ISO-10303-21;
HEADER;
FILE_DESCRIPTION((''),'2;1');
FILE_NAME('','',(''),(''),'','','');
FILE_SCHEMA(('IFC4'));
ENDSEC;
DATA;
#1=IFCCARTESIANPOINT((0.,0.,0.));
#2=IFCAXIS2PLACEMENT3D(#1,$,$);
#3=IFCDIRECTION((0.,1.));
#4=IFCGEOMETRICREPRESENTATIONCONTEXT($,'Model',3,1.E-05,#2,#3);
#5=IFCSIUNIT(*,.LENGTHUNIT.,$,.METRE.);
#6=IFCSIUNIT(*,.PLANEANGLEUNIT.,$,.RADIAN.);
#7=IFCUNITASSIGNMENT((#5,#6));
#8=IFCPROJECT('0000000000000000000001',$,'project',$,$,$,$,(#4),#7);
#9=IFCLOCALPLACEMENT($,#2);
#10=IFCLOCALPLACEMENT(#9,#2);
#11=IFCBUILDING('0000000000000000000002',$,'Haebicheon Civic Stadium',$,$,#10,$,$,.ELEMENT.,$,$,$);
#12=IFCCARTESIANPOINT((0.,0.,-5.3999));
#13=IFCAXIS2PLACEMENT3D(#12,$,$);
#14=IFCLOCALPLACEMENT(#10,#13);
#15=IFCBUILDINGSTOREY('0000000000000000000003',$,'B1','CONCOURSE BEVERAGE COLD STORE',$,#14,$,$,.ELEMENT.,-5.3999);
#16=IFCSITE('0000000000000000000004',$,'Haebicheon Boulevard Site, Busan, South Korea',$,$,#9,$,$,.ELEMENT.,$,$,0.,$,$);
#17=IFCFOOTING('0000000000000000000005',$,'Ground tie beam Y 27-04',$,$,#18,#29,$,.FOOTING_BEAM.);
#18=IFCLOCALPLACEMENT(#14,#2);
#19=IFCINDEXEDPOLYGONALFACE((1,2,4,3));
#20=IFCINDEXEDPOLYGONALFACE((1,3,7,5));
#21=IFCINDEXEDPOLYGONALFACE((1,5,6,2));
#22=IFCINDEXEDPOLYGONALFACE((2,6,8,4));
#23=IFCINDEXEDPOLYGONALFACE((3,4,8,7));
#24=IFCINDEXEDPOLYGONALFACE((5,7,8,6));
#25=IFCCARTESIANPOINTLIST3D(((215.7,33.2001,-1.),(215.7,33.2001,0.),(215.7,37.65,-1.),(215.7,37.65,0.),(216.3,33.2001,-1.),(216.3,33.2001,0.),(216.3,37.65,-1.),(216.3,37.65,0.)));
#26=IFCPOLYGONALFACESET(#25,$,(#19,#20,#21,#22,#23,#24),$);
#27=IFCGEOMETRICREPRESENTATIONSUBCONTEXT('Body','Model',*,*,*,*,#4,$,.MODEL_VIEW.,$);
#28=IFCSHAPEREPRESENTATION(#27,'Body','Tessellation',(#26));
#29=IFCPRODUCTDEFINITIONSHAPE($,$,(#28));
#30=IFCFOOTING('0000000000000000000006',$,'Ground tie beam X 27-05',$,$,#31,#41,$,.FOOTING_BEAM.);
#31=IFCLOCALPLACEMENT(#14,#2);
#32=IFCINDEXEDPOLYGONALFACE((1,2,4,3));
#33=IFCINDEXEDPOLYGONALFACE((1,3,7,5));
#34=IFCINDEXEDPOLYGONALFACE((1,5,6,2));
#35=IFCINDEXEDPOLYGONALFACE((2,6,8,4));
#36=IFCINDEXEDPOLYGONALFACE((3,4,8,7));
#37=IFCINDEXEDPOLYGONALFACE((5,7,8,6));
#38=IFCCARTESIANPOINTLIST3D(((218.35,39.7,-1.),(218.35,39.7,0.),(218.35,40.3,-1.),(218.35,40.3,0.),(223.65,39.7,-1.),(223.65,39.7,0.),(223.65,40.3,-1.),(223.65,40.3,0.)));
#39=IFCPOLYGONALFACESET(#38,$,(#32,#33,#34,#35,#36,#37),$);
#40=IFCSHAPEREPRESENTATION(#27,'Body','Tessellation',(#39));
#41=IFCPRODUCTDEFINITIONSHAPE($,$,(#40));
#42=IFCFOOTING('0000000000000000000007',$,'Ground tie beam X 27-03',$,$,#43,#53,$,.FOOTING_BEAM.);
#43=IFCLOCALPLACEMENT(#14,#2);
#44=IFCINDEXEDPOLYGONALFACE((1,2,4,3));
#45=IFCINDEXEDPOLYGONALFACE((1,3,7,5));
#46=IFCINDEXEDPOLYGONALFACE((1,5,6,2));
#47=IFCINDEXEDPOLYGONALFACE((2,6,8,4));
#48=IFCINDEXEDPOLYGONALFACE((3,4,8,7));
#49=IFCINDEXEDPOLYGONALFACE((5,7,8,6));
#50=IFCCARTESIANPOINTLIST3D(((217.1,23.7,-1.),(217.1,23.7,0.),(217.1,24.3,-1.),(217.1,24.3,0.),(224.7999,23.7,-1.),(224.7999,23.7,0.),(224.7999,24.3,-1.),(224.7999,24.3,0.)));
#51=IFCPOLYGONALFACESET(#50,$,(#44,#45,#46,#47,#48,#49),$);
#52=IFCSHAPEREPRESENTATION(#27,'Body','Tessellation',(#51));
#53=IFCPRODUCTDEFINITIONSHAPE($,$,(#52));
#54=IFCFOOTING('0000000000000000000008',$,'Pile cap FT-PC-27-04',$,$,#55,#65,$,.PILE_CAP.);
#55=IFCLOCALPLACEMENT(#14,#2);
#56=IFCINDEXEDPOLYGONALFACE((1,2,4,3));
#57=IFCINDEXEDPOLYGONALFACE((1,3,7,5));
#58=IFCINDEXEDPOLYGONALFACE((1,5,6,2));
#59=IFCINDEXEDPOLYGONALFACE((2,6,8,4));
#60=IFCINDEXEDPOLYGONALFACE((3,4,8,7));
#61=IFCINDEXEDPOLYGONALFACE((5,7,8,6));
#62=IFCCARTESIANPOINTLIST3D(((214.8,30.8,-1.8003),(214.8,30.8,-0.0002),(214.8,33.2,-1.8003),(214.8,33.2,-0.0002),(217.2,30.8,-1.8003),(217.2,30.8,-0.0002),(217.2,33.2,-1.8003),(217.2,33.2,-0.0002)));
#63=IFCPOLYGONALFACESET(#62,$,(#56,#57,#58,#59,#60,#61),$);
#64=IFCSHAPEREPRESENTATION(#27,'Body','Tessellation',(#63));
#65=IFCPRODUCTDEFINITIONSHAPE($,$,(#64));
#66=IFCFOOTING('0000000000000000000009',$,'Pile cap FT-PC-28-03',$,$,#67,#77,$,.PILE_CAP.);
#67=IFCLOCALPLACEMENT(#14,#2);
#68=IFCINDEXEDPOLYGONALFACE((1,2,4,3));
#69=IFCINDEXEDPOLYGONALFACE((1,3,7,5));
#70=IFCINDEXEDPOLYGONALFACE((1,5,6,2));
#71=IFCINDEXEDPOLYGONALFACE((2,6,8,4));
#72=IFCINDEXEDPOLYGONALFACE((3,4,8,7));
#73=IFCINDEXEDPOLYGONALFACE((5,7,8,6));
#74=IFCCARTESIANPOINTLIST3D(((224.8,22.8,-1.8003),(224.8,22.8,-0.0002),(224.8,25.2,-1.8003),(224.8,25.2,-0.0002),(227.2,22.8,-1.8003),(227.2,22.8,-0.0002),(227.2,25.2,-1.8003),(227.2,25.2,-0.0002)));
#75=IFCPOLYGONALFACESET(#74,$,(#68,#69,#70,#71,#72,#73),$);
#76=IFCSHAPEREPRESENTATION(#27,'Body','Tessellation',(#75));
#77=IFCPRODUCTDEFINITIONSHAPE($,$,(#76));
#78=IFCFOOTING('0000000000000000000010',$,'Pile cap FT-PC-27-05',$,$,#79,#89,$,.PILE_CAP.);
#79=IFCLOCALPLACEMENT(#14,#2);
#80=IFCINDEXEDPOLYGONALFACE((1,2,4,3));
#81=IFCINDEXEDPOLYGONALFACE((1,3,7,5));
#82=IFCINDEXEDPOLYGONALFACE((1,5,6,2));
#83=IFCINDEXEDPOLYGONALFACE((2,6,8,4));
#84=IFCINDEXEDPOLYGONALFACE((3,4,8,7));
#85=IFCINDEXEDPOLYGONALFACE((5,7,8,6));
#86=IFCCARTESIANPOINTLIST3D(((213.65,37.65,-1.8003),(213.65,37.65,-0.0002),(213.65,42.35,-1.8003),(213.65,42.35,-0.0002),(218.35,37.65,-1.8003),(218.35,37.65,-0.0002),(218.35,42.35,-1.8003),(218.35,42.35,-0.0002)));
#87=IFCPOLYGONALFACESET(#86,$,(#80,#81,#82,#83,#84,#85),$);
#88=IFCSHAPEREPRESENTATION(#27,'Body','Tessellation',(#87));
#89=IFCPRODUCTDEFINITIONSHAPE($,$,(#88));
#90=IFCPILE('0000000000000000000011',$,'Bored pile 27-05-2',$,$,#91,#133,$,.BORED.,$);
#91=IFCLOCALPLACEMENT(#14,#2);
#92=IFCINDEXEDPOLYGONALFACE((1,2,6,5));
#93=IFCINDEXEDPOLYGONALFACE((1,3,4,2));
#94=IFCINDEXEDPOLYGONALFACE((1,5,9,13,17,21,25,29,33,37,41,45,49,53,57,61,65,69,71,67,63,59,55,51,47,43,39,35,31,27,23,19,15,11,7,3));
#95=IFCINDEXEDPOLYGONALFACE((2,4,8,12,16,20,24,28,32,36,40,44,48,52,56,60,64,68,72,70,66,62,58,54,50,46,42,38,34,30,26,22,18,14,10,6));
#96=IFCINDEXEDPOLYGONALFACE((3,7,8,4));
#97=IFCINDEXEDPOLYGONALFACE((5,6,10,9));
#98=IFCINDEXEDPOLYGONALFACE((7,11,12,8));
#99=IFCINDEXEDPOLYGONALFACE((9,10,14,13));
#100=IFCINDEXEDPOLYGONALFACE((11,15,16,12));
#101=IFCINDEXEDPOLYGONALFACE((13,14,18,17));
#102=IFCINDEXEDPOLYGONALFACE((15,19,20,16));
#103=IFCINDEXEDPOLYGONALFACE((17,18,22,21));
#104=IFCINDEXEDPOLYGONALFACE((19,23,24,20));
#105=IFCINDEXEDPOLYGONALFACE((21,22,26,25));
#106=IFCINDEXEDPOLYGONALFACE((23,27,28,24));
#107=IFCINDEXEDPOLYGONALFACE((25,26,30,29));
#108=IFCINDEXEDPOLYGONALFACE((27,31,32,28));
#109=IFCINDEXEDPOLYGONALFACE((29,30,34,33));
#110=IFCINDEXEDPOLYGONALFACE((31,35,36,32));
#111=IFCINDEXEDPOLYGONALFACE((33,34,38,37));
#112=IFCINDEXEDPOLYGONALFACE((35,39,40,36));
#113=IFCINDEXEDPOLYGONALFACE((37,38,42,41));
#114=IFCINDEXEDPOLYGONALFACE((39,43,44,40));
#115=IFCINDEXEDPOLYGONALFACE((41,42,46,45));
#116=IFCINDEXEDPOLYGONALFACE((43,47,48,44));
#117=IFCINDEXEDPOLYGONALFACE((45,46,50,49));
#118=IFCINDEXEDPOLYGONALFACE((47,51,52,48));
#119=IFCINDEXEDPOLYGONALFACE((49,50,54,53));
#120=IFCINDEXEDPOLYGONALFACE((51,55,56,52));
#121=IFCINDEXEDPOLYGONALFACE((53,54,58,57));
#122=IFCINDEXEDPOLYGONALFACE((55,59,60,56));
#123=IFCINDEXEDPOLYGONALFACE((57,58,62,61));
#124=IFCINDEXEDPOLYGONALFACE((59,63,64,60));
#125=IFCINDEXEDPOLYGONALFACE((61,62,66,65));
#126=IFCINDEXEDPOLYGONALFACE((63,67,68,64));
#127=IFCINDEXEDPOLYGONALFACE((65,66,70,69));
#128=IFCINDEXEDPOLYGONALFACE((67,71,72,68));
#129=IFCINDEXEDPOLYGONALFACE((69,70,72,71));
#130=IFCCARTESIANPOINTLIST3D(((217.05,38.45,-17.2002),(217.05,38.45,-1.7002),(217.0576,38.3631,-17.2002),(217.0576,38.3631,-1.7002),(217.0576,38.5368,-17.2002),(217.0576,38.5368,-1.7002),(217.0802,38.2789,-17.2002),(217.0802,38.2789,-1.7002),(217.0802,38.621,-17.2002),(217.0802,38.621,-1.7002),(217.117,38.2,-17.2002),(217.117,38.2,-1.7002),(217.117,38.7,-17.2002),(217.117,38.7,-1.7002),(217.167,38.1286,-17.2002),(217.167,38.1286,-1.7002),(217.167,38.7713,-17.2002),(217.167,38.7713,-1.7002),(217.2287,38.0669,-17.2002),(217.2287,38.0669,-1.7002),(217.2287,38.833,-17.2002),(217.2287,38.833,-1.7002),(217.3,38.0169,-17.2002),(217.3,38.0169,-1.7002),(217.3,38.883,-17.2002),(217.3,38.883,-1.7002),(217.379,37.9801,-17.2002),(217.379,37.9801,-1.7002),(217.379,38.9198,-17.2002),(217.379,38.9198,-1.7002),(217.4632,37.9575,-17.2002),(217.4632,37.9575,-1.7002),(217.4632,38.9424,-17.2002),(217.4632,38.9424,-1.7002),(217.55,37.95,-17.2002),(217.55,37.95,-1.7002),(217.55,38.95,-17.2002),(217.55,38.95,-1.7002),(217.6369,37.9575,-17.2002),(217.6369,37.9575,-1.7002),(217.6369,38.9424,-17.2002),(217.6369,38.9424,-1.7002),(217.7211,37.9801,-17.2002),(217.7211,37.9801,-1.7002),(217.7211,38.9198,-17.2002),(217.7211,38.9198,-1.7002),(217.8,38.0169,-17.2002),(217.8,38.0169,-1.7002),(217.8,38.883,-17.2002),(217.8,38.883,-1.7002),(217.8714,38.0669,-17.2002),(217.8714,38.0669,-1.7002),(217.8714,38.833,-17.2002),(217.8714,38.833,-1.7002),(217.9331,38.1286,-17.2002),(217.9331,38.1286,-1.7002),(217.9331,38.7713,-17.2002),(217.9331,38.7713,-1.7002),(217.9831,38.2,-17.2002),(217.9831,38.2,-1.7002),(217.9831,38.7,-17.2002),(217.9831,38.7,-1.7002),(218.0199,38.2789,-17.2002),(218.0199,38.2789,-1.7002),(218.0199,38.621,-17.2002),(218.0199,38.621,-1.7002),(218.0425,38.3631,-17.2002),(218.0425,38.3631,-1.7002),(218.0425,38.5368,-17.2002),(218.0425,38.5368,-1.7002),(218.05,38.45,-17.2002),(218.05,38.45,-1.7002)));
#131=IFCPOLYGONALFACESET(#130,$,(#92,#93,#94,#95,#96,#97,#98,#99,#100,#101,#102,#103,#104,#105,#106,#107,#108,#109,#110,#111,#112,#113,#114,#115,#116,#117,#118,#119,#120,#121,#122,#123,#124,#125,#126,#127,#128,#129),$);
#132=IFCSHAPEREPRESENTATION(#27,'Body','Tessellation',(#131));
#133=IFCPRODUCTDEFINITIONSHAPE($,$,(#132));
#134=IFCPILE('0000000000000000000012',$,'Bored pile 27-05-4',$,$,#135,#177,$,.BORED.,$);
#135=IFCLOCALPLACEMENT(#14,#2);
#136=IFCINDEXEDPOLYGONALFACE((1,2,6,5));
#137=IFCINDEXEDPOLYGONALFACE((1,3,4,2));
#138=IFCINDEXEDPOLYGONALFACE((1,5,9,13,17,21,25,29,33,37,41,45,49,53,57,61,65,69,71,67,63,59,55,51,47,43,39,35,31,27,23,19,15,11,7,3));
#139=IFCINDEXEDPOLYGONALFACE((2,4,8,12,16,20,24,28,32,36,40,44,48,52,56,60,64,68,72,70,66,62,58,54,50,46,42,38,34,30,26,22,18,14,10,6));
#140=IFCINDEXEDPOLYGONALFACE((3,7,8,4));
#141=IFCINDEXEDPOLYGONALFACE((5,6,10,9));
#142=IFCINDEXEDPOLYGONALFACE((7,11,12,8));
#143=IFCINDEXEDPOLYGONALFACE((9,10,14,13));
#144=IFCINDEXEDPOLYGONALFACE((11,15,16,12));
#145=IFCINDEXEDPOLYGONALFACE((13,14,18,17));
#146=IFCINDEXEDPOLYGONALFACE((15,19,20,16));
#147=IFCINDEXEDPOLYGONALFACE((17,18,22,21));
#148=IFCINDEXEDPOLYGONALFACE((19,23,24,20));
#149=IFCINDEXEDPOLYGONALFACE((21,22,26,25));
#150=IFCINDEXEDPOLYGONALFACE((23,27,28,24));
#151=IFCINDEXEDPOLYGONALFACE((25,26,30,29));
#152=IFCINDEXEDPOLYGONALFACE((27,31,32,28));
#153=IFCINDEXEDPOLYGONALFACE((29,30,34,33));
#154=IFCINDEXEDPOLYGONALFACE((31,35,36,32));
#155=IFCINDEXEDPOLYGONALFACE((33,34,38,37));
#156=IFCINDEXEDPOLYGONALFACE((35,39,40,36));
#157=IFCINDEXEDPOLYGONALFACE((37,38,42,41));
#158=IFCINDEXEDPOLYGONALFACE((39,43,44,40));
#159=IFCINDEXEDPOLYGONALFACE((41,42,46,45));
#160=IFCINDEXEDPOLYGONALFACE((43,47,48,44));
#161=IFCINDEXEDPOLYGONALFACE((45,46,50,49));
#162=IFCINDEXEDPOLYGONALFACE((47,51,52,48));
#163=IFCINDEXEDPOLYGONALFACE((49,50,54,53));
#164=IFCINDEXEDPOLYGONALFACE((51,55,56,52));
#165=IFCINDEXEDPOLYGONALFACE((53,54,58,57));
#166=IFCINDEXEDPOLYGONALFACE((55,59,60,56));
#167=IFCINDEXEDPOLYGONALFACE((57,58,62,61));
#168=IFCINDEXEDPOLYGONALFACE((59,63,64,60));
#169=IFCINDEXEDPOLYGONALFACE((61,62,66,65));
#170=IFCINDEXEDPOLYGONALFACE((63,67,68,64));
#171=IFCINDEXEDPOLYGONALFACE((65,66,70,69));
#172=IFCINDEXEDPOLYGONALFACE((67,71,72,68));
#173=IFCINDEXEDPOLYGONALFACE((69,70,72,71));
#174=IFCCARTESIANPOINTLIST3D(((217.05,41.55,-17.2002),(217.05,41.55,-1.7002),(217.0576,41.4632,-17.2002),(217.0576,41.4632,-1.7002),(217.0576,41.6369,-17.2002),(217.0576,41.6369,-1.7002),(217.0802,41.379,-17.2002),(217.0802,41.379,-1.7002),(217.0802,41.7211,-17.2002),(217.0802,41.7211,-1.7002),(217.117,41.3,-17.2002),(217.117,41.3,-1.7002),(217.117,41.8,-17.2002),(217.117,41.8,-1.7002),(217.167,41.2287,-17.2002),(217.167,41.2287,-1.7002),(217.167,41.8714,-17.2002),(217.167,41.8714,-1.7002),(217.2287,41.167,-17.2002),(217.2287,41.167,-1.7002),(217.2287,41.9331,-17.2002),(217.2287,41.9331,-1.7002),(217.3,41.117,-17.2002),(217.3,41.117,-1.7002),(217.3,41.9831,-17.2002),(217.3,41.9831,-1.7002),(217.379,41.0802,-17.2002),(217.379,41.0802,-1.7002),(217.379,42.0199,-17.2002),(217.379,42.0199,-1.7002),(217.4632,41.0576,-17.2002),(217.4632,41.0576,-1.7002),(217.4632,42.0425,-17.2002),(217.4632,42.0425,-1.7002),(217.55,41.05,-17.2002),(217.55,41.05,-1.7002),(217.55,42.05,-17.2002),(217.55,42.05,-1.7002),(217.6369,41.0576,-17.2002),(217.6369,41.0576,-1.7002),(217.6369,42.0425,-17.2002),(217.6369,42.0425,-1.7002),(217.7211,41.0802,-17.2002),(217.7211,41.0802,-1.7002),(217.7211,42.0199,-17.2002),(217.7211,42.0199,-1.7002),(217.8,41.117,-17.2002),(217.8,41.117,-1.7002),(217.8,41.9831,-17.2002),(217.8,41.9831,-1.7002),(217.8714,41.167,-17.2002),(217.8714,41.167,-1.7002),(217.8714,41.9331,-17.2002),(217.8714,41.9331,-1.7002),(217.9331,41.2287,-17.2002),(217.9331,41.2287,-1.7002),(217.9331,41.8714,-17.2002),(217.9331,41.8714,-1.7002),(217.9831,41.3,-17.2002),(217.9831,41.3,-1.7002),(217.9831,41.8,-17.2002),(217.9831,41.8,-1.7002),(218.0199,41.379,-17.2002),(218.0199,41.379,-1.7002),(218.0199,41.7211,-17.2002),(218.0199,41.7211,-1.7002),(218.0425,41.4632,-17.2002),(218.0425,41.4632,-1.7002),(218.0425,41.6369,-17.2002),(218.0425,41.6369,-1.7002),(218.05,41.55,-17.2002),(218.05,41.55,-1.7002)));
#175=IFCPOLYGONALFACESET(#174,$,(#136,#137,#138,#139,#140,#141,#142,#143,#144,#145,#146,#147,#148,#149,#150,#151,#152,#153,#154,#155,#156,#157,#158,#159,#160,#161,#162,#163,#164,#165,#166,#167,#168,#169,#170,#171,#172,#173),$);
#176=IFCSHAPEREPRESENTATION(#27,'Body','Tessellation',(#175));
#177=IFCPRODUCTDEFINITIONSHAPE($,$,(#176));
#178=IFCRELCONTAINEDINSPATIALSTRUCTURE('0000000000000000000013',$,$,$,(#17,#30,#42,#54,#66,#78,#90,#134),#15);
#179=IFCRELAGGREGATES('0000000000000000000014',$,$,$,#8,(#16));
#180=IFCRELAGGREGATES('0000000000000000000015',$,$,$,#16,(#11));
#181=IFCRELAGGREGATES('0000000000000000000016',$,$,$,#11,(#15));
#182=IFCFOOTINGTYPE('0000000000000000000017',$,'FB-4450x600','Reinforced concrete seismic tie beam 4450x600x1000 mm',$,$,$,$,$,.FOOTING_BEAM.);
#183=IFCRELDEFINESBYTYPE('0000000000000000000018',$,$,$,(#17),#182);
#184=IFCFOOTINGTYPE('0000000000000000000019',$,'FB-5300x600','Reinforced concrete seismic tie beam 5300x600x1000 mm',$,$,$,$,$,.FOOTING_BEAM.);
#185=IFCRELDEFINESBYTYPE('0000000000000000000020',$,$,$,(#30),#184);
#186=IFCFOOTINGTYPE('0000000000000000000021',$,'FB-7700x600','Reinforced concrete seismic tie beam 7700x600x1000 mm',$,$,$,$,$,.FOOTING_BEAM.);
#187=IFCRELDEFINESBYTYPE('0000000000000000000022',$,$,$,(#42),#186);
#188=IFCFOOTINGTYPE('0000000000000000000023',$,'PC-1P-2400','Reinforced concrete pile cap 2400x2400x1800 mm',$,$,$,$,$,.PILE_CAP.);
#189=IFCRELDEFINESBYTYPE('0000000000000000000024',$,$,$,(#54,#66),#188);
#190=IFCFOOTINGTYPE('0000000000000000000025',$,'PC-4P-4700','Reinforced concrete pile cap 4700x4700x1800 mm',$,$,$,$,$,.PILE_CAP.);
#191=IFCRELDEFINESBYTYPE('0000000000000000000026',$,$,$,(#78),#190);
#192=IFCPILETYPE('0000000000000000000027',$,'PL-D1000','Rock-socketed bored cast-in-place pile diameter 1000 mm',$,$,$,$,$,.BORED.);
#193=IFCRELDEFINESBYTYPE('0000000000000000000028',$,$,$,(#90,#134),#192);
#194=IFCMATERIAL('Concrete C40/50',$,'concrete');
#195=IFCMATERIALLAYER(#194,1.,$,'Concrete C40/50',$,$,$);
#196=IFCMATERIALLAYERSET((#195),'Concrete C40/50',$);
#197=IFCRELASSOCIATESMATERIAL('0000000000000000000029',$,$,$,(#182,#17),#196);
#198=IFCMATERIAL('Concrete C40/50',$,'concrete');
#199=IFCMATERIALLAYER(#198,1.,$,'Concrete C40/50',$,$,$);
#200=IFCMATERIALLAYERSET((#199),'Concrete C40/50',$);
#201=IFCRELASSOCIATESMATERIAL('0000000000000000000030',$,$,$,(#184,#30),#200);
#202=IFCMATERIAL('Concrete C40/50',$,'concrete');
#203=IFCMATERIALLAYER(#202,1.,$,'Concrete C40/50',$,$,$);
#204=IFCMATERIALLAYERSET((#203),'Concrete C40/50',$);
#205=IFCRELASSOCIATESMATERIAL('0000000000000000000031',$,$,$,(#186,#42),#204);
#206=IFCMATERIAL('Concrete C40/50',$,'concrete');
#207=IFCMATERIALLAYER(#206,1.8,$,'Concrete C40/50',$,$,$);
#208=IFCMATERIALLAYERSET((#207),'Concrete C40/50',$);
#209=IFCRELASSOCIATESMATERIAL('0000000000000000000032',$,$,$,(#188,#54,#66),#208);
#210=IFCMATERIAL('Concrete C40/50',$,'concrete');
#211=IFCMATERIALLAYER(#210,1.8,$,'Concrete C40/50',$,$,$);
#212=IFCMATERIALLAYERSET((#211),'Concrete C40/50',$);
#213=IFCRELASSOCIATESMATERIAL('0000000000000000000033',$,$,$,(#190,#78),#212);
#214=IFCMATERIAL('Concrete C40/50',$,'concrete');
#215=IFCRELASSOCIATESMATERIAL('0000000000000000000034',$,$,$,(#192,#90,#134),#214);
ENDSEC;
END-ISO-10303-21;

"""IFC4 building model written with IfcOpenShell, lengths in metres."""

from ifc_helpers import new_model, si_unit, direction, frame, origin, origin_2d, place, context, subcontext, project, spatial, rectangle, circle, extrude, material, layer, layer_set, material_profile, profile_set, type_object, element, save


model = new_model("IFC4")

# Units and contexts
model_context = context("Model", 3, precision=1e-05, world=origin(), true_north=direction((0.0, 1.0)))
body_context = subcontext(model_context, "Body", "Model", "MODEL_VIEW")
ifc_project = project(units=[si_unit("LENGTHUNIT", "METRE"), si_unit("PLANEANGLEUNIT", "RADIAN")], contexts=[model_context])

# Site, building, storey
site_placement = place(None, origin())
site = spatial("IfcSite", under=ifc_project, at=site_placement, Name="Haebicheon Boulevard Site, Busan, South Korea", CompositionType="ELEMENT", RefElevation=0.0)
building_placement = place(site_placement, origin())
building = spatial("IfcBuilding", under=site, at=building_placement, Name="Haebicheon Civic Stadium", CompositionType="ELEMENT")
storey_placement = place(building_placement, frame((0.0, 0.0, -5.3999)))
storey = spatial("IfcBuildingStorey", under=building, at=storey_placement, Name="B1", Description="CONCOURSE BEVERAGE COLD STORE", CompositionType="ELEMENT", Elevation=-5.3999)

# Footings
ifc_material_1 = material(Name="Concrete C40/50", Category="concrete")
ifc_layer_1 = layer(ifc_material_1, 1.0, Name="Concrete C40/50")
ifc_layer_set_1 = layer_set([ifc_layer_1], Name="Concrete C40/50")
footing_type_1 = type_object("IfcFootingType", Name="FB-4450x600", Description="Reinforced concrete seismic tie beam 4450x600x1000 mm", PredefinedType="FOOTING_BEAM", material=ifc_layer_set_1)
footing_1_placement = place(storey_placement, frame((216.0, 35.425, -1.0), z_axis=(0.0, 0.0, 1.0), x_axis=(0.0, 1.0, 0.0)))
element("IfcFooting", 1, at=footing_1_placement, inside=storey, type_object=footing_type_1, material=ifc_layer_set_1, Name="Ground tie beam Y 27-04", PredefinedType="FOOTING_BEAM", context=body_context, shape_type="SweptSolid", body=[
    extrude(rectangle(XDim=4.45, YDim=0.6001, at=origin_2d()), origin(), (0.0, 0.0, 1.0), 1.0),
])
ifc_material_2 = material(Name="Concrete C40/50", Category="concrete")
ifc_layer_2 = layer(ifc_material_2, 1.0, Name="Concrete C40/50")
ifc_layer_set_2 = layer_set([ifc_layer_2], Name="Concrete C40/50")
footing_type_2 = type_object("IfcFootingType", Name="FB-5300x600", Description="Reinforced concrete seismic tie beam 5300x600x1000 mm", PredefinedType="FOOTING_BEAM", material=ifc_layer_set_2)
footing_2_placement = place(storey_placement, frame((221.0, 40.0, -1.0), z_axis=(0.0, 0.0, 1.0), x_axis=(1.0, 0.0, 0.0)))
element("IfcFooting", 2, at=footing_2_placement, inside=storey, type_object=footing_type_2, material=ifc_layer_set_2, Name="Ground tie beam X 27-05", PredefinedType="FOOTING_BEAM", context=body_context, shape_type="SweptSolid", body=[
    extrude(rectangle(XDim=5.3, YDim=0.6001, at=origin_2d()), origin(), (0.0, 0.0, 1.0), 1.0),
])
ifc_material_3 = material(Name="Concrete C40/50", Category="concrete")
ifc_layer_3 = layer(ifc_material_3, 1.0, Name="Concrete C40/50")
ifc_layer_set_3 = layer_set([ifc_layer_3], Name="Concrete C40/50")
footing_type_3 = type_object("IfcFootingType", Name="FB-7700x600", Description="Reinforced concrete seismic tie beam 7700x600x1000 mm", PredefinedType="FOOTING_BEAM", material=ifc_layer_set_3)
footing_3_placement = place(storey_placement, frame((220.95, 24.0, -1.0), z_axis=(0.0, 0.0, 1.0), x_axis=(1.0, 0.0, 0.0)))
element("IfcFooting", 3, at=footing_3_placement, inside=storey, type_object=footing_type_3, material=ifc_layer_set_3, Name="Ground tie beam X 27-03", PredefinedType="FOOTING_BEAM", context=body_context, shape_type="SweptSolid", body=[
    extrude(rectangle(XDim=7.7, YDim=0.6001, at=origin_2d()), origin(), (0.0, 0.0, 1.0), 1.0),
])
ifc_material_4 = material(Name="Concrete C40/50", Category="concrete")
ifc_layer_4 = layer(ifc_material_4, 1.8, Name="Concrete C40/50")
ifc_layer_set_4 = layer_set([ifc_layer_4], Name="Concrete C40/50")
footing_type_4 = type_object("IfcFootingType", Name="PC-1P-2400", Description="Reinforced concrete pile cap 2400x2400x1800 mm", PredefinedType="PILE_CAP", material=ifc_layer_set_4)
for number, where, z_axis, x_axis, name in (
    (4, (216.0, 32.0, -1.8003), (0.0, 0.0, 1.0), (1.0, 0.0, 0.0), "Pile cap FT-PC-27-04"),
    (5, (226.0, 24.0, -1.8003), (0.0, 0.0, 1.0), (1.0, 0.0, 0.0), "Pile cap FT-PC-28-03"),
):
    element("IfcFooting", number, at=place(storey_placement, frame(where, z_axis=z_axis, x_axis=x_axis)), inside=storey, type_object=footing_type_4, material=ifc_layer_set_4, Name=name, PredefinedType="PILE_CAP", context=body_context, shape_type="SweptSolid", body=[
        extrude(rectangle(XDim=2.3999, YDim=2.3999, at=origin_2d()), origin(), (0.0, 0.0, 1.0), 1.8),
    ])
ifc_material_5 = material(Name="Concrete C40/50", Category="concrete")
ifc_layer_5 = layer(ifc_material_5, 1.8, Name="Concrete C40/50")
ifc_layer_set_5 = layer_set([ifc_layer_5], Name="Concrete C40/50")
footing_type_5 = type_object("IfcFootingType", Name="PC-4P-4700", Description="Reinforced concrete pile cap 4700x4700x1800 mm", PredefinedType="PILE_CAP", material=ifc_layer_set_5)
footing_4_placement = place(storey_placement, frame((216.0, 40.0, -1.8003), z_axis=(0.0, 0.0, 1.0), x_axis=(1.0, 0.0, 0.0)))
element("IfcFooting", 6, at=footing_4_placement, inside=storey, type_object=footing_type_5, material=ifc_layer_set_5, Name="Pile cap FT-PC-27-05", PredefinedType="PILE_CAP", context=body_context, shape_type="SweptSolid", body=[
    extrude(rectangle(XDim=4.7, YDim=4.7, at=origin_2d()), origin(), (0.0, 0.0, 1.0), 1.8),
])

# Piles
ifc_material_6 = material(Name="Concrete C40/50", Category="concrete")
ifc_material_profile_1 = material_profile(ifc_material_6, circle(Radius=0.5, at=origin_2d()), Name="PILE-D1000")
ifc_profile_set_1 = profile_set([ifc_material_profile_1], Name="Concrete C40/50")
pile_type_1 = type_object("IfcPileType", Name="PL-D1000", Description="Rock-socketed bored cast-in-place pile diameter 1000 mm", PredefinedType="BORED", material=ifc_profile_set_1)
for number, where, z_axis, x_axis, name in (
    (7, (217.55, 38.45, -1.7002), (0.0, 0.0, -1.0), (1.0, 0.0, 0.0), "Bored pile 27-05-2"),
    (8, (217.55, 41.55, -1.7002), (0.0, 0.0, -1.0), (1.0, 0.0, 0.0), "Bored pile 27-05-4"),
):
    element("IfcPile", number, at=place(storey_placement, frame(where, z_axis=z_axis, x_axis=x_axis)), inside=storey, type_object=pile_type_1, material=ifc_profile_set_1, Name=name, PredefinedType="BORED", context=body_context, shape_type="SweptSolid", body=[
        extrude(circle(Radius=0.5, at=origin_2d()), origin(), (0.0, 0.0, 1.0), 15.5),
    ])

save(model, "model.ifc")
